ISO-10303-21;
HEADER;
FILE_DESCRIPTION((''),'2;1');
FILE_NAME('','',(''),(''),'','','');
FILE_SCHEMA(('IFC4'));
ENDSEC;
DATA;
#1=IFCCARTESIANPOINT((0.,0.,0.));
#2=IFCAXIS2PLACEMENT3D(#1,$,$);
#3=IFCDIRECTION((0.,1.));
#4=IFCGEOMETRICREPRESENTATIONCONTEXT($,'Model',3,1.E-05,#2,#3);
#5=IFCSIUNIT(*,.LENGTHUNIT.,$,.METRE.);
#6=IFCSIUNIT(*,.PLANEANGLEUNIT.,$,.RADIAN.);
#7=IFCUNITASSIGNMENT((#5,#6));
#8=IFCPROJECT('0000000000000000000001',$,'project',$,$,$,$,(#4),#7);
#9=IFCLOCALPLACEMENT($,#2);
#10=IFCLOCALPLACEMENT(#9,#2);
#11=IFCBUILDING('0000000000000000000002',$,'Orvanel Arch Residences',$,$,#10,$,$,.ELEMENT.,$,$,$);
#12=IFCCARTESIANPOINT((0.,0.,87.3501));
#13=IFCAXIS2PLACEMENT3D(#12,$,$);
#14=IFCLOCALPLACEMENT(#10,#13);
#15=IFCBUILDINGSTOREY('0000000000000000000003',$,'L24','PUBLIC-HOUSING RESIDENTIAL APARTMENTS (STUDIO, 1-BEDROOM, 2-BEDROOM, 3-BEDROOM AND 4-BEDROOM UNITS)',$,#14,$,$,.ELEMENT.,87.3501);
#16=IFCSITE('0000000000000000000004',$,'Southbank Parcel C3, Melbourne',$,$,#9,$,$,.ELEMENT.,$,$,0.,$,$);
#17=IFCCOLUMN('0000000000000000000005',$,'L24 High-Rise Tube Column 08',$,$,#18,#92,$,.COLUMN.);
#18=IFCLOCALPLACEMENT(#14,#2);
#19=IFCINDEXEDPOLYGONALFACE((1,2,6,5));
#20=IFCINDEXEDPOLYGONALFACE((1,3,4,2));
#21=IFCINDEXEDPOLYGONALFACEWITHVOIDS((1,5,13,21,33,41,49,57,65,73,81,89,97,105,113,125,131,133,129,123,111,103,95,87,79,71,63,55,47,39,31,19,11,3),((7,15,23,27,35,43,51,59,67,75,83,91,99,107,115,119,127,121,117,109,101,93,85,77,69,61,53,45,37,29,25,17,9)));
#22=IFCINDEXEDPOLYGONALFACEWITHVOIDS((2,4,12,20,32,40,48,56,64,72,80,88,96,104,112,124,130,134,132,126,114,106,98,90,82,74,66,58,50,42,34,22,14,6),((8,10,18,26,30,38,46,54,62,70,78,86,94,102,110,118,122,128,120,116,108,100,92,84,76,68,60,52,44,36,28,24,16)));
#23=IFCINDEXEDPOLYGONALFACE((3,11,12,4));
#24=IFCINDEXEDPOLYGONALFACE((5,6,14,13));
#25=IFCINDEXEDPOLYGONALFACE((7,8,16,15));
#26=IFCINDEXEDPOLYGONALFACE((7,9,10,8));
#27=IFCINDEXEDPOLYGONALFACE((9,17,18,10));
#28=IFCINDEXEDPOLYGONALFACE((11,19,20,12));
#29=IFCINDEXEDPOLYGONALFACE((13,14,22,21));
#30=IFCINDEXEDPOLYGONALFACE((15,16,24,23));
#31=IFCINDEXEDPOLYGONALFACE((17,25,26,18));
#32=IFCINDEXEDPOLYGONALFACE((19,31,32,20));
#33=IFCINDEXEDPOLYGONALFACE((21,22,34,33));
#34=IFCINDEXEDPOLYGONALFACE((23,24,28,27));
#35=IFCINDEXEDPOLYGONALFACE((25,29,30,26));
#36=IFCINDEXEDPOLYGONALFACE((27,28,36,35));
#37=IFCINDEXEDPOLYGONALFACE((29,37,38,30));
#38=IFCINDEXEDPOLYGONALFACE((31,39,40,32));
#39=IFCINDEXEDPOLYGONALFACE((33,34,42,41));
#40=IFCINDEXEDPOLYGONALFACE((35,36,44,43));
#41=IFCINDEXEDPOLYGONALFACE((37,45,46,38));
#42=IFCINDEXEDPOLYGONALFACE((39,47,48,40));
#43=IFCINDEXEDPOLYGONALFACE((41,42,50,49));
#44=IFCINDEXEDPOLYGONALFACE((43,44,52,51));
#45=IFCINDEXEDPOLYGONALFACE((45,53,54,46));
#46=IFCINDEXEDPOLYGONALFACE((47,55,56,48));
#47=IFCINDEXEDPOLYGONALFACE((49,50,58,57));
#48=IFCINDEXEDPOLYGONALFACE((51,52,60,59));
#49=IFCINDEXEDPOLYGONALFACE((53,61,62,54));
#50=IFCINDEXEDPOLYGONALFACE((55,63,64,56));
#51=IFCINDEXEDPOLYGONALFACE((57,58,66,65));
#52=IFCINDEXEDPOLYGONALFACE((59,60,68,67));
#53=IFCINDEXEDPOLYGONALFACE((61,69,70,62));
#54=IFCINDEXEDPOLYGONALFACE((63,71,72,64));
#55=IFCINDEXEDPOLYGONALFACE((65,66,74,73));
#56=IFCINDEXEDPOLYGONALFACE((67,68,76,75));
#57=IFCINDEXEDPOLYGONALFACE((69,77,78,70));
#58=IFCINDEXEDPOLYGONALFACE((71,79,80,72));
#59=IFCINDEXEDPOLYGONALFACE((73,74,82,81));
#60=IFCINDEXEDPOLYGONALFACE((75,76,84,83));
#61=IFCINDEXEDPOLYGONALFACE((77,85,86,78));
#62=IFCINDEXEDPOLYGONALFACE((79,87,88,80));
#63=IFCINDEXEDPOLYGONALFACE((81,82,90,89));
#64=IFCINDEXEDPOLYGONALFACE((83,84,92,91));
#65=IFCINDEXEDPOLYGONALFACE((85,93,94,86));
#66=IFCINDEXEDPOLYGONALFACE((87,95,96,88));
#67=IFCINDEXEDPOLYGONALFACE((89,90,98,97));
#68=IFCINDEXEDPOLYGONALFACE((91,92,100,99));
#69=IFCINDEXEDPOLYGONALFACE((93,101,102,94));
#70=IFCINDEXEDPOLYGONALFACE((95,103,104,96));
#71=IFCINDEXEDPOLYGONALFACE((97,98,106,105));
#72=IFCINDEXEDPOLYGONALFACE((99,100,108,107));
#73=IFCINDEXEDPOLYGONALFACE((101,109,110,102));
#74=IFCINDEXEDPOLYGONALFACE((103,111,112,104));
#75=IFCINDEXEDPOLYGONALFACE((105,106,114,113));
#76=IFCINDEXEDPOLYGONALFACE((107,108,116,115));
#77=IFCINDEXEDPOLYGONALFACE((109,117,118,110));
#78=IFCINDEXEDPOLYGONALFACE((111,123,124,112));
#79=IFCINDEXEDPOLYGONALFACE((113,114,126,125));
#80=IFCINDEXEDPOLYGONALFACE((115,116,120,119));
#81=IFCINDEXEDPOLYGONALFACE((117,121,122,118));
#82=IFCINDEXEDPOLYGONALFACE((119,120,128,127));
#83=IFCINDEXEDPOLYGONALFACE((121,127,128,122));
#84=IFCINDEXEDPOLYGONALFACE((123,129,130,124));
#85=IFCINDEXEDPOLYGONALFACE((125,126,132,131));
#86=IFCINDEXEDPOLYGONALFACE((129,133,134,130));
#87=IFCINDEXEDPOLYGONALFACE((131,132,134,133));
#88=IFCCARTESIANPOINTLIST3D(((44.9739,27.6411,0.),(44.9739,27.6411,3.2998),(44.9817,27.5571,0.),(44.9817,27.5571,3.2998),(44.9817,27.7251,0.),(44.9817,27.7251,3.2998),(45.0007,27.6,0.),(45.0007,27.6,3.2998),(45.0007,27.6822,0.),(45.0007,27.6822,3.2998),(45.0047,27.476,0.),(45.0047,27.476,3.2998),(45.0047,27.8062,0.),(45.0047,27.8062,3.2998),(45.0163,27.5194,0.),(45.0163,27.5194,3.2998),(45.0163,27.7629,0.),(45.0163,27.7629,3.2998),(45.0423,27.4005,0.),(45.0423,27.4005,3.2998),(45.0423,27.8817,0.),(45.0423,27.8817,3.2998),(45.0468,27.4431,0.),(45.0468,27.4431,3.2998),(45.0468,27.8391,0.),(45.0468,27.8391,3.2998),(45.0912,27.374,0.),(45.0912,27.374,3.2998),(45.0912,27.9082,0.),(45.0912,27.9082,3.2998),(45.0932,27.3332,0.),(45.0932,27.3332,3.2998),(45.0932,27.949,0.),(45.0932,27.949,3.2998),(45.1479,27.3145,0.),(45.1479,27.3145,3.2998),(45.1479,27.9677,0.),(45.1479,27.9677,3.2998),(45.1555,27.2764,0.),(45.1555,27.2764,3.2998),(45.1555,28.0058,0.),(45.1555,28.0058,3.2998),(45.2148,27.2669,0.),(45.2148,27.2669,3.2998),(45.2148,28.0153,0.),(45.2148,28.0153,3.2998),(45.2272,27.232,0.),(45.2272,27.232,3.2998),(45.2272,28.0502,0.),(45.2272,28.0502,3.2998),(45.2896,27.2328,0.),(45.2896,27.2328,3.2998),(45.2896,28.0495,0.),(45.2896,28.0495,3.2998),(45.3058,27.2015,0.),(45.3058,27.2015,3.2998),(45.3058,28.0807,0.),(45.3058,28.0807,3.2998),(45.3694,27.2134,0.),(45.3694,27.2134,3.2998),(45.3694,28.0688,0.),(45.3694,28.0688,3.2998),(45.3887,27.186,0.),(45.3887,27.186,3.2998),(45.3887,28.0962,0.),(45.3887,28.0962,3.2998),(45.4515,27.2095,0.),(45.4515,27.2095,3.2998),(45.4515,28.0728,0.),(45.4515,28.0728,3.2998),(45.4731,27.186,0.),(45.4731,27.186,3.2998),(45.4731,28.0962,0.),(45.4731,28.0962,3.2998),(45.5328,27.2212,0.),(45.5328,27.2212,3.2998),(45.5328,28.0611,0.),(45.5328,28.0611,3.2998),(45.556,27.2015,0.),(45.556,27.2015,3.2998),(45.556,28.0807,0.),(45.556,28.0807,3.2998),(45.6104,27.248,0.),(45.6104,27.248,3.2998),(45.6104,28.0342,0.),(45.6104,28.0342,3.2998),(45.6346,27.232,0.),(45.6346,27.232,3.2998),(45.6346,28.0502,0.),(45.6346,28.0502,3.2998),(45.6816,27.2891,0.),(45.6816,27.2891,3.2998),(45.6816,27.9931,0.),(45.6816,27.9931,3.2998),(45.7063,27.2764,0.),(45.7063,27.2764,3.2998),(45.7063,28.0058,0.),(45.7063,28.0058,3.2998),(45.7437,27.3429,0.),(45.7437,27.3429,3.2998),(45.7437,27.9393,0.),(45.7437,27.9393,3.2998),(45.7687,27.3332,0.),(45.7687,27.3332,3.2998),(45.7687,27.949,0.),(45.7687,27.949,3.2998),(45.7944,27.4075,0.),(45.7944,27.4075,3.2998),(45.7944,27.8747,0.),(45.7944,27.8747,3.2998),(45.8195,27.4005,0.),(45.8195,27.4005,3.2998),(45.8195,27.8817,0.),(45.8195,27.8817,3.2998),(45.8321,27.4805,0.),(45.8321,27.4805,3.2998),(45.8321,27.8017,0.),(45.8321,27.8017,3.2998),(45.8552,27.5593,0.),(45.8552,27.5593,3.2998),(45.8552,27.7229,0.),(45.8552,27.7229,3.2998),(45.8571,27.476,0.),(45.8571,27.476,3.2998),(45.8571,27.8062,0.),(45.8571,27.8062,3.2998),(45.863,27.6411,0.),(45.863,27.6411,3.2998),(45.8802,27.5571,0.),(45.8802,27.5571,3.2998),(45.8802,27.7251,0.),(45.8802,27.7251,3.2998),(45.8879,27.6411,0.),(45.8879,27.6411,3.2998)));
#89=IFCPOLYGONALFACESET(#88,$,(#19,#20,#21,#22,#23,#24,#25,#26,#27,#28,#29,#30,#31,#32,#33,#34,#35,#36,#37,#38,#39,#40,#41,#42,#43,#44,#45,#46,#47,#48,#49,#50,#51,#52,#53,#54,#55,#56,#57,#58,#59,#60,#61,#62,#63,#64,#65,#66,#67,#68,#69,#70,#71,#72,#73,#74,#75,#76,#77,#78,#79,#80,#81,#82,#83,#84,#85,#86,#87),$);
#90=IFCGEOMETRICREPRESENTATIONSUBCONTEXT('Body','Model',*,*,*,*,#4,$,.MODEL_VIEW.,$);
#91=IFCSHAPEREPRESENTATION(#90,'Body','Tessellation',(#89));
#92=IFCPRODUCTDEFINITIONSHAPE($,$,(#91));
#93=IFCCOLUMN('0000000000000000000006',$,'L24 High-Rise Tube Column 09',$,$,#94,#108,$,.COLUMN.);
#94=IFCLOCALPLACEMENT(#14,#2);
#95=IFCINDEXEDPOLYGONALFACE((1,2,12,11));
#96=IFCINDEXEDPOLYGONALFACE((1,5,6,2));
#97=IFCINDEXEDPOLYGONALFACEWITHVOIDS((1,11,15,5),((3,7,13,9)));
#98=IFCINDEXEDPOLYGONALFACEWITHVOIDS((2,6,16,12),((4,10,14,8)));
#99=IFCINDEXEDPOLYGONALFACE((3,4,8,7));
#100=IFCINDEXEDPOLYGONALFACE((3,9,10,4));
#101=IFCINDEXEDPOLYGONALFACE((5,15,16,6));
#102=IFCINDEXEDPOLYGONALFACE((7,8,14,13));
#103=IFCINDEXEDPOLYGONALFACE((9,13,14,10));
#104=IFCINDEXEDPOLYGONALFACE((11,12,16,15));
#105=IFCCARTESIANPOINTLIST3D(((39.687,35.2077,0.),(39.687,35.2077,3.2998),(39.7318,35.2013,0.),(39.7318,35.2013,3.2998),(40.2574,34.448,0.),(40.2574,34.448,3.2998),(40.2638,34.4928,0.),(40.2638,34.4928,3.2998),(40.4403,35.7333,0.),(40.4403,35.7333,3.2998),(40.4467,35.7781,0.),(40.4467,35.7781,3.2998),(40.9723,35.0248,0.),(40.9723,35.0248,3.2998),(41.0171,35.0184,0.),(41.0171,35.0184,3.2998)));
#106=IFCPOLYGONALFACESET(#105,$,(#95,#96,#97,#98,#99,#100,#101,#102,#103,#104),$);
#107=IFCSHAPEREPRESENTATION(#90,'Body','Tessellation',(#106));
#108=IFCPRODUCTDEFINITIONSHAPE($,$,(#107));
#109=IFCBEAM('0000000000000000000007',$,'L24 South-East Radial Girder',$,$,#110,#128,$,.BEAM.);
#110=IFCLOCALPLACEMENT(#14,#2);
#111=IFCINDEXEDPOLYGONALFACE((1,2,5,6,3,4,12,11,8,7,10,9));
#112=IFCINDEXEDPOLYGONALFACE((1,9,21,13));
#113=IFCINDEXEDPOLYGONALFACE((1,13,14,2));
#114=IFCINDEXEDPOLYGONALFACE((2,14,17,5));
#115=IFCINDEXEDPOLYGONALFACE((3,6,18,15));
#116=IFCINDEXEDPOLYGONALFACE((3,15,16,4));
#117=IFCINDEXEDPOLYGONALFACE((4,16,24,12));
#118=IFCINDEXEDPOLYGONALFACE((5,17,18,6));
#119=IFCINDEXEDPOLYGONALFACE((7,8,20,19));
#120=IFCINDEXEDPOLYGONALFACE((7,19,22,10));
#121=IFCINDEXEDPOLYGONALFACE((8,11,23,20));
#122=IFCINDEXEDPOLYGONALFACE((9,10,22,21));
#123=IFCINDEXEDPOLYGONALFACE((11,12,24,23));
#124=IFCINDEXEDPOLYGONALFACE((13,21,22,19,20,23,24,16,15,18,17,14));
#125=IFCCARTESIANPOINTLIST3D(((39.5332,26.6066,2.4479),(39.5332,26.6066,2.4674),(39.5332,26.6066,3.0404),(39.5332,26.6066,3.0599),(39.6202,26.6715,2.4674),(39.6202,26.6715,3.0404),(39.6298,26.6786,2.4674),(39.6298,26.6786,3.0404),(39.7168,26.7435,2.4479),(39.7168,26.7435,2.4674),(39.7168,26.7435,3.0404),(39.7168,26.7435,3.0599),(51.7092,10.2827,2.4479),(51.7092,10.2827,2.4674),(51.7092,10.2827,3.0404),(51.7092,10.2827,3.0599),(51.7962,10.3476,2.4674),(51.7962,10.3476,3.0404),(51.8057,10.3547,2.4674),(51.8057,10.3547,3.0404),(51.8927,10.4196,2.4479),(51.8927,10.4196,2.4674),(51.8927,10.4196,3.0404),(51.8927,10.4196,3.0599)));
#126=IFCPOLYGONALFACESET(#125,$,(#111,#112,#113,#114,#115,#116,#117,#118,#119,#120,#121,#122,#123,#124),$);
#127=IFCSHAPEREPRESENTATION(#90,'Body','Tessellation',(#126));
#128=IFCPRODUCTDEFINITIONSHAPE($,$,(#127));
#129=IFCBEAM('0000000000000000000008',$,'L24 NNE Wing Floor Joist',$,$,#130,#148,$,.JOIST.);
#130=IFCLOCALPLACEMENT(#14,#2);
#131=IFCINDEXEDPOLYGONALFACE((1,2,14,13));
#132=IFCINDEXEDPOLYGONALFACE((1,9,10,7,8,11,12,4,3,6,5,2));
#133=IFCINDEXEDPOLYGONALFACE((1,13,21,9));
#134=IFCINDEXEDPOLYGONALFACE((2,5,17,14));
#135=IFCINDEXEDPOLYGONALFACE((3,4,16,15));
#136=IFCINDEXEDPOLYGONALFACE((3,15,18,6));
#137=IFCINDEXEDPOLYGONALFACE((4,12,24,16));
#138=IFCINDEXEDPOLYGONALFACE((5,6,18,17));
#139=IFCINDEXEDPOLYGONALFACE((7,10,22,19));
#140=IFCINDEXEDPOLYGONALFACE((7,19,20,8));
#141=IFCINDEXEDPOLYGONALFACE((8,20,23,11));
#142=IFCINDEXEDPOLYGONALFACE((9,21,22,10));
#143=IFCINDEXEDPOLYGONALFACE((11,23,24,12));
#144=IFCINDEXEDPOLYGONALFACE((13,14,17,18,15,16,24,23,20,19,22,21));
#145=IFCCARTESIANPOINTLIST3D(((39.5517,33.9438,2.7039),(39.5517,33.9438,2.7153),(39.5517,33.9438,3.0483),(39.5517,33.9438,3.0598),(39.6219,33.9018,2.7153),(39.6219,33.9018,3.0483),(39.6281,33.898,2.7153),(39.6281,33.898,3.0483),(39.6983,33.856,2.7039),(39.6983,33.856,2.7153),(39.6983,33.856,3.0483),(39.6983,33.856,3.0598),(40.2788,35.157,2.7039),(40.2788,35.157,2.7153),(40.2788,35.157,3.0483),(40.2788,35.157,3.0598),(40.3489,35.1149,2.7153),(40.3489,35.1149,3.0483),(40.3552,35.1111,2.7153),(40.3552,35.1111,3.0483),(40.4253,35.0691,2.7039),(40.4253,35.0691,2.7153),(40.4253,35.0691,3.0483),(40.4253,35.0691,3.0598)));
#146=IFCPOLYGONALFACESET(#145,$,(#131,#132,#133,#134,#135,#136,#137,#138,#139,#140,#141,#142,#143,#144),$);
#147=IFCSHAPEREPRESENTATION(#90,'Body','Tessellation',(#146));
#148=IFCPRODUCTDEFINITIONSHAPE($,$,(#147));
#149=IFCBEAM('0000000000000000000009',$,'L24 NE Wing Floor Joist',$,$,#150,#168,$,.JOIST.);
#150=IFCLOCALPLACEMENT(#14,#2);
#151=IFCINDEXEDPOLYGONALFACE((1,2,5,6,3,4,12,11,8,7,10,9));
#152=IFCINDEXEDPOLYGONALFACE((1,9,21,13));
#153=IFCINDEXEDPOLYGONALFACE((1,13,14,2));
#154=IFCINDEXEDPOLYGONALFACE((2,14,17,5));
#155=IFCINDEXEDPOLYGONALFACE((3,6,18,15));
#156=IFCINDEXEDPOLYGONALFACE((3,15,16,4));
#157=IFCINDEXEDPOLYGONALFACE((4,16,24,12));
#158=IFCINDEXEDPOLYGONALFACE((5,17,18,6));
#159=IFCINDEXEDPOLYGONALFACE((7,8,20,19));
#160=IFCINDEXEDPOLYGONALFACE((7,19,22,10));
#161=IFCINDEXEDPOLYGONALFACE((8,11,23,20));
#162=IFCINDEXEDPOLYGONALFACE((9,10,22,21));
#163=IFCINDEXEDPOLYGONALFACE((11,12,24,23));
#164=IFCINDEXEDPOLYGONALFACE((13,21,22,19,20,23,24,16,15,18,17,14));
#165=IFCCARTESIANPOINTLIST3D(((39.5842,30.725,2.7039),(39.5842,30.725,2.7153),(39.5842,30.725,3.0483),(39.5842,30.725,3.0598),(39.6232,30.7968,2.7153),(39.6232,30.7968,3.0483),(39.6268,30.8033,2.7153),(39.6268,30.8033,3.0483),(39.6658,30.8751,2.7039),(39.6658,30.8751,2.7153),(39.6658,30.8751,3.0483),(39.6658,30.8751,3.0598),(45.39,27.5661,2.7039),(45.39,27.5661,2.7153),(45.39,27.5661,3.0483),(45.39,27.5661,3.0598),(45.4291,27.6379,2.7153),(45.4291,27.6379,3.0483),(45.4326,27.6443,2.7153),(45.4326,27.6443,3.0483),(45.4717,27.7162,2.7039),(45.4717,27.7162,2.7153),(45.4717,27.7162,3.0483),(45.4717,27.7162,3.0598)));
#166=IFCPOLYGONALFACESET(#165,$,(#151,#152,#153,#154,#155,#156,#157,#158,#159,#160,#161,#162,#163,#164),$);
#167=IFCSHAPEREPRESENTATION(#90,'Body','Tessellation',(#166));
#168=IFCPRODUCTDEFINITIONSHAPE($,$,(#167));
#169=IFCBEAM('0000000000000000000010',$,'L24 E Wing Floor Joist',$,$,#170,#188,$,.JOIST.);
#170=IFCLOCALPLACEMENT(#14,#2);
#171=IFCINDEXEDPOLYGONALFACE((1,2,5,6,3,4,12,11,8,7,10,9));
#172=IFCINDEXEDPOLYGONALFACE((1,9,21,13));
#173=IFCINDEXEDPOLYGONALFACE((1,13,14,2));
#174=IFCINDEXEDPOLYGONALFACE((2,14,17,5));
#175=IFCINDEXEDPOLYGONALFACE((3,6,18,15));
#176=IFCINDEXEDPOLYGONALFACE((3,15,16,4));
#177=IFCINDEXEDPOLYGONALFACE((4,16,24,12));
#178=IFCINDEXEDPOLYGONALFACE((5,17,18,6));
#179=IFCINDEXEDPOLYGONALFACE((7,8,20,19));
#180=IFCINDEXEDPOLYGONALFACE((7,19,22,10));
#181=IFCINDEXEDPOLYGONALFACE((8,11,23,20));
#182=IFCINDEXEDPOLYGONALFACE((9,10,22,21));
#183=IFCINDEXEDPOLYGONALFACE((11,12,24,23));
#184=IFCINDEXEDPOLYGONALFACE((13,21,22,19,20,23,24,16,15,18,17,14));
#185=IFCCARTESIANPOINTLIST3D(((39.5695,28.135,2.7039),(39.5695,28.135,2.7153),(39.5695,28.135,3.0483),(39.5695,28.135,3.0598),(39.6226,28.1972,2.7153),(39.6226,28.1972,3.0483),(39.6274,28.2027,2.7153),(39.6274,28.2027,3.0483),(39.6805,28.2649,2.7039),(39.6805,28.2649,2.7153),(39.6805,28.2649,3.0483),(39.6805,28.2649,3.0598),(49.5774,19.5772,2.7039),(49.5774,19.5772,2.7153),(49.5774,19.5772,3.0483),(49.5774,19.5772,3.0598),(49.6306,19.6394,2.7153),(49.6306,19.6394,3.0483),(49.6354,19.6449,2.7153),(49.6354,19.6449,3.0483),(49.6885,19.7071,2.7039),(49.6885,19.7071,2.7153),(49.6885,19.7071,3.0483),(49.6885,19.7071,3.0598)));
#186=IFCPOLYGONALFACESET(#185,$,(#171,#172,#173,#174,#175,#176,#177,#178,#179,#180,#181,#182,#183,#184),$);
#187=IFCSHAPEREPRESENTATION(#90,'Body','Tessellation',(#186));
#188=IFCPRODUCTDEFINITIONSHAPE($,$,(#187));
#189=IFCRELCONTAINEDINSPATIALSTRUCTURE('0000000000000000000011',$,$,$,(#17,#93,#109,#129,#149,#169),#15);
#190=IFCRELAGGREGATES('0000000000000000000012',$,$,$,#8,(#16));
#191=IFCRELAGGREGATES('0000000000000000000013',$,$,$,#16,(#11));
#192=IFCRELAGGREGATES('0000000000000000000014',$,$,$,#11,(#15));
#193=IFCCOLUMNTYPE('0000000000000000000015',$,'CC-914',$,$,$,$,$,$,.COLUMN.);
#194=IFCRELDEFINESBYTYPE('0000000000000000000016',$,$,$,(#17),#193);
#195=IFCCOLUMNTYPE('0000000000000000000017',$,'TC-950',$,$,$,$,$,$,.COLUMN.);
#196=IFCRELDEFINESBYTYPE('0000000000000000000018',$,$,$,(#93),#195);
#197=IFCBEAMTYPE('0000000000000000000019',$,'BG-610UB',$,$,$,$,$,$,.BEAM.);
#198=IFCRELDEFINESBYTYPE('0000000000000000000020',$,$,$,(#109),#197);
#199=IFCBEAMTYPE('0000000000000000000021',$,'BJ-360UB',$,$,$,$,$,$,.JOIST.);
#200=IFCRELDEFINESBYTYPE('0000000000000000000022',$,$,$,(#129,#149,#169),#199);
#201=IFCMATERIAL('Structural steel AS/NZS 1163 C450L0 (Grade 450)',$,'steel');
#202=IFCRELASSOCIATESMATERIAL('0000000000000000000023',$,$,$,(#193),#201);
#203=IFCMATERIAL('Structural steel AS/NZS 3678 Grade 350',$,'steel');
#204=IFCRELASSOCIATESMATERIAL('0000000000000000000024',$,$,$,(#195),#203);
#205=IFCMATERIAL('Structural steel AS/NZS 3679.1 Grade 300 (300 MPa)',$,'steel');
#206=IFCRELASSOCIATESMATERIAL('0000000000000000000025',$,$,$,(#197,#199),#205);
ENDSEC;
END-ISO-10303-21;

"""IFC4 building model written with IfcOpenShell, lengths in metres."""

from ifc_helpers import new_model, si_unit, direction, frame, origin, origin_2d, place, context, subcontext, project, spatial, hollow_rectangle, hollow_circle, i_section, extrude, material, material_profile, profile_set, type_object, element, save


model = new_model("IFC4")

# Units and contexts
model_context = context("Model", 3, precision=1e-05, world=origin(), true_north=direction((0.0, 1.0)))
body_context = subcontext(model_context, "Body", "Model", "MODEL_VIEW")
ifc_project = project(units=[si_unit("LENGTHUNIT", "METRE"), si_unit("PLANEANGLEUNIT", "RADIAN")], contexts=[model_context])

# Site, building, storey
site_placement = place(None, origin())
site = spatial("IfcSite", under=ifc_project, at=site_placement, Name="Southbank Parcel C3, Melbourne", CompositionType="ELEMENT", RefElevation=0.0)
building_placement = place(site_placement, origin())
building = spatial("IfcBuilding", under=site, at=building_placement, Name="Orvanel Arch Residences", CompositionType="ELEMENT")
storey_placement = place(building_placement, frame((0.0, 0.0, 87.3501)))
storey = spatial("IfcBuildingStorey", under=building, at=storey_placement, Name="L24", Description="PUBLIC-HOUSING RESIDENTIAL APARTMENTS (STUDIO, 1-BEDROOM, 2-BEDROOM, 3-BEDROOM AND 4-BEDROOM UNITS)", CompositionType="ELEMENT", Elevation=87.3501)

# Columns
ifc_material_1 = material(Name="Structural steel AS/NZS 1163 C450L0 (Grade 450)", Category="steel")
ifc_material_profile_1 = material_profile(ifc_material_1, hollow_circle(Radius=0.457, WallThickness=0.0249, at=origin_2d()), Name="CHS914x25")
ifc_profile_set_1 = profile_set([ifc_material_profile_1], Name="Structural steel AS/NZS 1163 C450L0 (Grade 450)")
column_type_1 = type_object("IfcColumnType", Name="CC-914", PredefinedType="COLUMN", material=ifc_profile_set_1)
column_1_placement = place(storey_placement, frame((45.4309, 27.6411, 0.0), z_axis=(0.0, 0.0, 1.0), x_axis=(1.0, 0.0, 0.0)))
element("IfcColumn", 1, at=column_1_placement, inside=storey, type_object=column_type_1, Name="L24 High-Rise Tube Column 08", PredefinedType="COLUMN", context=body_context, shape_type="SweptSolid", body=[
    extrude(hollow_circle(Radius=0.457, WallThickness=0.0249, at=origin_2d()), origin(), (0.0, 0.0, 1.0), 3.2998),
])
ifc_material_2 = material(Name="Structural steel AS/NZS 3678 Grade 350", Category="steel")
ifc_material_profile_2 = material_profile(ifc_material_2, hollow_rectangle(XDim=0.95, YDim=0.95, WallThickness=0.032, at=origin_2d()), Name="BOX950x950x32")
ifc_profile_set_2 = profile_set([ifc_material_profile_2], Name="Structural steel AS/NZS 3678 Grade 350")
column_type_2 = type_object("IfcColumnType", Name="TC-950", PredefinedType="COLUMN", material=ifc_profile_set_2)
column_2_placement = place(storey_placement, frame((40.3521, 35.113, 0.0), z_axis=(0.0, 0.0, 1.0), x_axis=(-0.60042, 0.799685, 0.0)))
element("IfcColumn", 2, at=column_2_placement, inside=storey, type_object=column_type_2, Name="L24 High-Rise Tube Column 09", PredefinedType="COLUMN", context=body_context, shape_type="SweptSolid", body=[
    extrude(hollow_rectangle(XDim=0.95, YDim=0.95, WallThickness=0.032, at=origin_2d()), origin(), (0.0, 0.0, 1.0), 3.2998),
])

# Beams
ifc_material_3 = material(Name="Structural steel AS/NZS 3679.1 Grade 300 (300 MPa)", Category="steel")
ifc_material_profile_3 = material_profile(ifc_material_3, i_section(OverallWidth=0.229, OverallDepth=0.6121, WebThickness=0.012, FlangeThickness=0.0195, at=origin_2d()), Name="610UB125")
ifc_profile_set_3 = profile_set([ifc_material_profile_3], Name="Structural steel AS/NZS 3679.1 Grade 300 (300 MPa)")
beam_type_1 = type_object("IfcBeamType", Name="BG-610UB", PredefinedType="BEAM", material=ifc_profile_set_3)
beam_1_placement = place(storey_placement, frame((39.625, 26.675, 2.7539), z_axis=(0.597894, -0.801575, 0.0), x_axis=(0.801575, 0.597894, 0.0)))
element("IfcBeam", 3, at=beam_1_placement, inside=storey, type_object=beam_type_1, Name="L24 South-East Radial Girder", PredefinedType="BEAM", context=body_context, shape_type="SweptSolid", body=[
    extrude(i_section(OverallWidth=0.229, OverallDepth=0.6121, WebThickness=0.012, FlangeThickness=0.0195, at=origin_2d()), origin(), (0.0, 0.0, 1.0), 20.3647),
])
ifc_material_profile_4 = material_profile(ifc_material_3, i_section(OverallWidth=0.1709, OverallDepth=0.356, WebThickness=0.0073, FlangeThickness=0.0115, at=origin_2d()), Name="360UB50.7")
ifc_profile_set_4 = profile_set([ifc_material_profile_4], Name="Structural steel AS/NZS 3679.1 Grade 300 (300 MPa)")
beam_type_2 = type_object("IfcBeamType", Name="BJ-360UB", PredefinedType="JOIST", material=ifc_profile_set_4)
beam_2_placement = place(storey_placement, frame((39.625, 33.8999, 2.8818), z_axis=(0.514064, 0.857752, 0.0), x_axis=(-0.857752, 0.514064, 0.0)))
element("IfcBeam", 4, at=beam_2_placement, inside=storey, type_object=beam_type_2, Name="L24 NNE Wing Floor Joist", PredefinedType="JOIST", context=body_context, shape_type="SweptSolid", body=[
    extrude(i_section(OverallWidth=0.1709, OverallDepth=0.356, WebThickness=0.0073, FlangeThickness=0.0115, at=origin_2d()), origin(), (0.0, 0.0, 1.0), 1.4143),
])
beam_3_placement = place(storey_placement, frame((39.625, 30.8, 2.8818), z_axis=(0.878399, -0.477928, 0.0), x_axis=(0.477928, 0.878399, 0.0)))
element("IfcBeam", 5, at=beam_3_placement, inside=storey, type_object=beam_type_2, Name="L24 NE Wing Floor Joist", PredefinedType="JOIST", context=body_context, shape_type="SweptSolid", body=[
    extrude(i_section(OverallWidth=0.1709, OverallDepth=0.356, WebThickness=0.0073, FlangeThickness=0.0115, at=origin_2d()), origin(), (0.0, 0.0, 1.0), 6.6096),
])
beam_4_placement = place(storey_placement, frame((39.625, 28.2, 2.8818), z_axis=(0.760024, -0.649895, 0.0), x_axis=(0.649895, 0.760024, 0.0)))
element("IfcBeam", 6, at=beam_4_placement, inside=storey, type_object=beam_type_2, Name="L24 E Wing Floor Joist", PredefinedType="JOIST", context=body_context, shape_type="SweptSolid", body=[
    extrude(i_section(OverallWidth=0.1709, OverallDepth=0.356, WebThickness=0.0073, FlangeThickness=0.0115, at=origin_2d()), origin(), (0.0, 0.0, 1.0), 13.168),
])

save(model, "model.ifc")
